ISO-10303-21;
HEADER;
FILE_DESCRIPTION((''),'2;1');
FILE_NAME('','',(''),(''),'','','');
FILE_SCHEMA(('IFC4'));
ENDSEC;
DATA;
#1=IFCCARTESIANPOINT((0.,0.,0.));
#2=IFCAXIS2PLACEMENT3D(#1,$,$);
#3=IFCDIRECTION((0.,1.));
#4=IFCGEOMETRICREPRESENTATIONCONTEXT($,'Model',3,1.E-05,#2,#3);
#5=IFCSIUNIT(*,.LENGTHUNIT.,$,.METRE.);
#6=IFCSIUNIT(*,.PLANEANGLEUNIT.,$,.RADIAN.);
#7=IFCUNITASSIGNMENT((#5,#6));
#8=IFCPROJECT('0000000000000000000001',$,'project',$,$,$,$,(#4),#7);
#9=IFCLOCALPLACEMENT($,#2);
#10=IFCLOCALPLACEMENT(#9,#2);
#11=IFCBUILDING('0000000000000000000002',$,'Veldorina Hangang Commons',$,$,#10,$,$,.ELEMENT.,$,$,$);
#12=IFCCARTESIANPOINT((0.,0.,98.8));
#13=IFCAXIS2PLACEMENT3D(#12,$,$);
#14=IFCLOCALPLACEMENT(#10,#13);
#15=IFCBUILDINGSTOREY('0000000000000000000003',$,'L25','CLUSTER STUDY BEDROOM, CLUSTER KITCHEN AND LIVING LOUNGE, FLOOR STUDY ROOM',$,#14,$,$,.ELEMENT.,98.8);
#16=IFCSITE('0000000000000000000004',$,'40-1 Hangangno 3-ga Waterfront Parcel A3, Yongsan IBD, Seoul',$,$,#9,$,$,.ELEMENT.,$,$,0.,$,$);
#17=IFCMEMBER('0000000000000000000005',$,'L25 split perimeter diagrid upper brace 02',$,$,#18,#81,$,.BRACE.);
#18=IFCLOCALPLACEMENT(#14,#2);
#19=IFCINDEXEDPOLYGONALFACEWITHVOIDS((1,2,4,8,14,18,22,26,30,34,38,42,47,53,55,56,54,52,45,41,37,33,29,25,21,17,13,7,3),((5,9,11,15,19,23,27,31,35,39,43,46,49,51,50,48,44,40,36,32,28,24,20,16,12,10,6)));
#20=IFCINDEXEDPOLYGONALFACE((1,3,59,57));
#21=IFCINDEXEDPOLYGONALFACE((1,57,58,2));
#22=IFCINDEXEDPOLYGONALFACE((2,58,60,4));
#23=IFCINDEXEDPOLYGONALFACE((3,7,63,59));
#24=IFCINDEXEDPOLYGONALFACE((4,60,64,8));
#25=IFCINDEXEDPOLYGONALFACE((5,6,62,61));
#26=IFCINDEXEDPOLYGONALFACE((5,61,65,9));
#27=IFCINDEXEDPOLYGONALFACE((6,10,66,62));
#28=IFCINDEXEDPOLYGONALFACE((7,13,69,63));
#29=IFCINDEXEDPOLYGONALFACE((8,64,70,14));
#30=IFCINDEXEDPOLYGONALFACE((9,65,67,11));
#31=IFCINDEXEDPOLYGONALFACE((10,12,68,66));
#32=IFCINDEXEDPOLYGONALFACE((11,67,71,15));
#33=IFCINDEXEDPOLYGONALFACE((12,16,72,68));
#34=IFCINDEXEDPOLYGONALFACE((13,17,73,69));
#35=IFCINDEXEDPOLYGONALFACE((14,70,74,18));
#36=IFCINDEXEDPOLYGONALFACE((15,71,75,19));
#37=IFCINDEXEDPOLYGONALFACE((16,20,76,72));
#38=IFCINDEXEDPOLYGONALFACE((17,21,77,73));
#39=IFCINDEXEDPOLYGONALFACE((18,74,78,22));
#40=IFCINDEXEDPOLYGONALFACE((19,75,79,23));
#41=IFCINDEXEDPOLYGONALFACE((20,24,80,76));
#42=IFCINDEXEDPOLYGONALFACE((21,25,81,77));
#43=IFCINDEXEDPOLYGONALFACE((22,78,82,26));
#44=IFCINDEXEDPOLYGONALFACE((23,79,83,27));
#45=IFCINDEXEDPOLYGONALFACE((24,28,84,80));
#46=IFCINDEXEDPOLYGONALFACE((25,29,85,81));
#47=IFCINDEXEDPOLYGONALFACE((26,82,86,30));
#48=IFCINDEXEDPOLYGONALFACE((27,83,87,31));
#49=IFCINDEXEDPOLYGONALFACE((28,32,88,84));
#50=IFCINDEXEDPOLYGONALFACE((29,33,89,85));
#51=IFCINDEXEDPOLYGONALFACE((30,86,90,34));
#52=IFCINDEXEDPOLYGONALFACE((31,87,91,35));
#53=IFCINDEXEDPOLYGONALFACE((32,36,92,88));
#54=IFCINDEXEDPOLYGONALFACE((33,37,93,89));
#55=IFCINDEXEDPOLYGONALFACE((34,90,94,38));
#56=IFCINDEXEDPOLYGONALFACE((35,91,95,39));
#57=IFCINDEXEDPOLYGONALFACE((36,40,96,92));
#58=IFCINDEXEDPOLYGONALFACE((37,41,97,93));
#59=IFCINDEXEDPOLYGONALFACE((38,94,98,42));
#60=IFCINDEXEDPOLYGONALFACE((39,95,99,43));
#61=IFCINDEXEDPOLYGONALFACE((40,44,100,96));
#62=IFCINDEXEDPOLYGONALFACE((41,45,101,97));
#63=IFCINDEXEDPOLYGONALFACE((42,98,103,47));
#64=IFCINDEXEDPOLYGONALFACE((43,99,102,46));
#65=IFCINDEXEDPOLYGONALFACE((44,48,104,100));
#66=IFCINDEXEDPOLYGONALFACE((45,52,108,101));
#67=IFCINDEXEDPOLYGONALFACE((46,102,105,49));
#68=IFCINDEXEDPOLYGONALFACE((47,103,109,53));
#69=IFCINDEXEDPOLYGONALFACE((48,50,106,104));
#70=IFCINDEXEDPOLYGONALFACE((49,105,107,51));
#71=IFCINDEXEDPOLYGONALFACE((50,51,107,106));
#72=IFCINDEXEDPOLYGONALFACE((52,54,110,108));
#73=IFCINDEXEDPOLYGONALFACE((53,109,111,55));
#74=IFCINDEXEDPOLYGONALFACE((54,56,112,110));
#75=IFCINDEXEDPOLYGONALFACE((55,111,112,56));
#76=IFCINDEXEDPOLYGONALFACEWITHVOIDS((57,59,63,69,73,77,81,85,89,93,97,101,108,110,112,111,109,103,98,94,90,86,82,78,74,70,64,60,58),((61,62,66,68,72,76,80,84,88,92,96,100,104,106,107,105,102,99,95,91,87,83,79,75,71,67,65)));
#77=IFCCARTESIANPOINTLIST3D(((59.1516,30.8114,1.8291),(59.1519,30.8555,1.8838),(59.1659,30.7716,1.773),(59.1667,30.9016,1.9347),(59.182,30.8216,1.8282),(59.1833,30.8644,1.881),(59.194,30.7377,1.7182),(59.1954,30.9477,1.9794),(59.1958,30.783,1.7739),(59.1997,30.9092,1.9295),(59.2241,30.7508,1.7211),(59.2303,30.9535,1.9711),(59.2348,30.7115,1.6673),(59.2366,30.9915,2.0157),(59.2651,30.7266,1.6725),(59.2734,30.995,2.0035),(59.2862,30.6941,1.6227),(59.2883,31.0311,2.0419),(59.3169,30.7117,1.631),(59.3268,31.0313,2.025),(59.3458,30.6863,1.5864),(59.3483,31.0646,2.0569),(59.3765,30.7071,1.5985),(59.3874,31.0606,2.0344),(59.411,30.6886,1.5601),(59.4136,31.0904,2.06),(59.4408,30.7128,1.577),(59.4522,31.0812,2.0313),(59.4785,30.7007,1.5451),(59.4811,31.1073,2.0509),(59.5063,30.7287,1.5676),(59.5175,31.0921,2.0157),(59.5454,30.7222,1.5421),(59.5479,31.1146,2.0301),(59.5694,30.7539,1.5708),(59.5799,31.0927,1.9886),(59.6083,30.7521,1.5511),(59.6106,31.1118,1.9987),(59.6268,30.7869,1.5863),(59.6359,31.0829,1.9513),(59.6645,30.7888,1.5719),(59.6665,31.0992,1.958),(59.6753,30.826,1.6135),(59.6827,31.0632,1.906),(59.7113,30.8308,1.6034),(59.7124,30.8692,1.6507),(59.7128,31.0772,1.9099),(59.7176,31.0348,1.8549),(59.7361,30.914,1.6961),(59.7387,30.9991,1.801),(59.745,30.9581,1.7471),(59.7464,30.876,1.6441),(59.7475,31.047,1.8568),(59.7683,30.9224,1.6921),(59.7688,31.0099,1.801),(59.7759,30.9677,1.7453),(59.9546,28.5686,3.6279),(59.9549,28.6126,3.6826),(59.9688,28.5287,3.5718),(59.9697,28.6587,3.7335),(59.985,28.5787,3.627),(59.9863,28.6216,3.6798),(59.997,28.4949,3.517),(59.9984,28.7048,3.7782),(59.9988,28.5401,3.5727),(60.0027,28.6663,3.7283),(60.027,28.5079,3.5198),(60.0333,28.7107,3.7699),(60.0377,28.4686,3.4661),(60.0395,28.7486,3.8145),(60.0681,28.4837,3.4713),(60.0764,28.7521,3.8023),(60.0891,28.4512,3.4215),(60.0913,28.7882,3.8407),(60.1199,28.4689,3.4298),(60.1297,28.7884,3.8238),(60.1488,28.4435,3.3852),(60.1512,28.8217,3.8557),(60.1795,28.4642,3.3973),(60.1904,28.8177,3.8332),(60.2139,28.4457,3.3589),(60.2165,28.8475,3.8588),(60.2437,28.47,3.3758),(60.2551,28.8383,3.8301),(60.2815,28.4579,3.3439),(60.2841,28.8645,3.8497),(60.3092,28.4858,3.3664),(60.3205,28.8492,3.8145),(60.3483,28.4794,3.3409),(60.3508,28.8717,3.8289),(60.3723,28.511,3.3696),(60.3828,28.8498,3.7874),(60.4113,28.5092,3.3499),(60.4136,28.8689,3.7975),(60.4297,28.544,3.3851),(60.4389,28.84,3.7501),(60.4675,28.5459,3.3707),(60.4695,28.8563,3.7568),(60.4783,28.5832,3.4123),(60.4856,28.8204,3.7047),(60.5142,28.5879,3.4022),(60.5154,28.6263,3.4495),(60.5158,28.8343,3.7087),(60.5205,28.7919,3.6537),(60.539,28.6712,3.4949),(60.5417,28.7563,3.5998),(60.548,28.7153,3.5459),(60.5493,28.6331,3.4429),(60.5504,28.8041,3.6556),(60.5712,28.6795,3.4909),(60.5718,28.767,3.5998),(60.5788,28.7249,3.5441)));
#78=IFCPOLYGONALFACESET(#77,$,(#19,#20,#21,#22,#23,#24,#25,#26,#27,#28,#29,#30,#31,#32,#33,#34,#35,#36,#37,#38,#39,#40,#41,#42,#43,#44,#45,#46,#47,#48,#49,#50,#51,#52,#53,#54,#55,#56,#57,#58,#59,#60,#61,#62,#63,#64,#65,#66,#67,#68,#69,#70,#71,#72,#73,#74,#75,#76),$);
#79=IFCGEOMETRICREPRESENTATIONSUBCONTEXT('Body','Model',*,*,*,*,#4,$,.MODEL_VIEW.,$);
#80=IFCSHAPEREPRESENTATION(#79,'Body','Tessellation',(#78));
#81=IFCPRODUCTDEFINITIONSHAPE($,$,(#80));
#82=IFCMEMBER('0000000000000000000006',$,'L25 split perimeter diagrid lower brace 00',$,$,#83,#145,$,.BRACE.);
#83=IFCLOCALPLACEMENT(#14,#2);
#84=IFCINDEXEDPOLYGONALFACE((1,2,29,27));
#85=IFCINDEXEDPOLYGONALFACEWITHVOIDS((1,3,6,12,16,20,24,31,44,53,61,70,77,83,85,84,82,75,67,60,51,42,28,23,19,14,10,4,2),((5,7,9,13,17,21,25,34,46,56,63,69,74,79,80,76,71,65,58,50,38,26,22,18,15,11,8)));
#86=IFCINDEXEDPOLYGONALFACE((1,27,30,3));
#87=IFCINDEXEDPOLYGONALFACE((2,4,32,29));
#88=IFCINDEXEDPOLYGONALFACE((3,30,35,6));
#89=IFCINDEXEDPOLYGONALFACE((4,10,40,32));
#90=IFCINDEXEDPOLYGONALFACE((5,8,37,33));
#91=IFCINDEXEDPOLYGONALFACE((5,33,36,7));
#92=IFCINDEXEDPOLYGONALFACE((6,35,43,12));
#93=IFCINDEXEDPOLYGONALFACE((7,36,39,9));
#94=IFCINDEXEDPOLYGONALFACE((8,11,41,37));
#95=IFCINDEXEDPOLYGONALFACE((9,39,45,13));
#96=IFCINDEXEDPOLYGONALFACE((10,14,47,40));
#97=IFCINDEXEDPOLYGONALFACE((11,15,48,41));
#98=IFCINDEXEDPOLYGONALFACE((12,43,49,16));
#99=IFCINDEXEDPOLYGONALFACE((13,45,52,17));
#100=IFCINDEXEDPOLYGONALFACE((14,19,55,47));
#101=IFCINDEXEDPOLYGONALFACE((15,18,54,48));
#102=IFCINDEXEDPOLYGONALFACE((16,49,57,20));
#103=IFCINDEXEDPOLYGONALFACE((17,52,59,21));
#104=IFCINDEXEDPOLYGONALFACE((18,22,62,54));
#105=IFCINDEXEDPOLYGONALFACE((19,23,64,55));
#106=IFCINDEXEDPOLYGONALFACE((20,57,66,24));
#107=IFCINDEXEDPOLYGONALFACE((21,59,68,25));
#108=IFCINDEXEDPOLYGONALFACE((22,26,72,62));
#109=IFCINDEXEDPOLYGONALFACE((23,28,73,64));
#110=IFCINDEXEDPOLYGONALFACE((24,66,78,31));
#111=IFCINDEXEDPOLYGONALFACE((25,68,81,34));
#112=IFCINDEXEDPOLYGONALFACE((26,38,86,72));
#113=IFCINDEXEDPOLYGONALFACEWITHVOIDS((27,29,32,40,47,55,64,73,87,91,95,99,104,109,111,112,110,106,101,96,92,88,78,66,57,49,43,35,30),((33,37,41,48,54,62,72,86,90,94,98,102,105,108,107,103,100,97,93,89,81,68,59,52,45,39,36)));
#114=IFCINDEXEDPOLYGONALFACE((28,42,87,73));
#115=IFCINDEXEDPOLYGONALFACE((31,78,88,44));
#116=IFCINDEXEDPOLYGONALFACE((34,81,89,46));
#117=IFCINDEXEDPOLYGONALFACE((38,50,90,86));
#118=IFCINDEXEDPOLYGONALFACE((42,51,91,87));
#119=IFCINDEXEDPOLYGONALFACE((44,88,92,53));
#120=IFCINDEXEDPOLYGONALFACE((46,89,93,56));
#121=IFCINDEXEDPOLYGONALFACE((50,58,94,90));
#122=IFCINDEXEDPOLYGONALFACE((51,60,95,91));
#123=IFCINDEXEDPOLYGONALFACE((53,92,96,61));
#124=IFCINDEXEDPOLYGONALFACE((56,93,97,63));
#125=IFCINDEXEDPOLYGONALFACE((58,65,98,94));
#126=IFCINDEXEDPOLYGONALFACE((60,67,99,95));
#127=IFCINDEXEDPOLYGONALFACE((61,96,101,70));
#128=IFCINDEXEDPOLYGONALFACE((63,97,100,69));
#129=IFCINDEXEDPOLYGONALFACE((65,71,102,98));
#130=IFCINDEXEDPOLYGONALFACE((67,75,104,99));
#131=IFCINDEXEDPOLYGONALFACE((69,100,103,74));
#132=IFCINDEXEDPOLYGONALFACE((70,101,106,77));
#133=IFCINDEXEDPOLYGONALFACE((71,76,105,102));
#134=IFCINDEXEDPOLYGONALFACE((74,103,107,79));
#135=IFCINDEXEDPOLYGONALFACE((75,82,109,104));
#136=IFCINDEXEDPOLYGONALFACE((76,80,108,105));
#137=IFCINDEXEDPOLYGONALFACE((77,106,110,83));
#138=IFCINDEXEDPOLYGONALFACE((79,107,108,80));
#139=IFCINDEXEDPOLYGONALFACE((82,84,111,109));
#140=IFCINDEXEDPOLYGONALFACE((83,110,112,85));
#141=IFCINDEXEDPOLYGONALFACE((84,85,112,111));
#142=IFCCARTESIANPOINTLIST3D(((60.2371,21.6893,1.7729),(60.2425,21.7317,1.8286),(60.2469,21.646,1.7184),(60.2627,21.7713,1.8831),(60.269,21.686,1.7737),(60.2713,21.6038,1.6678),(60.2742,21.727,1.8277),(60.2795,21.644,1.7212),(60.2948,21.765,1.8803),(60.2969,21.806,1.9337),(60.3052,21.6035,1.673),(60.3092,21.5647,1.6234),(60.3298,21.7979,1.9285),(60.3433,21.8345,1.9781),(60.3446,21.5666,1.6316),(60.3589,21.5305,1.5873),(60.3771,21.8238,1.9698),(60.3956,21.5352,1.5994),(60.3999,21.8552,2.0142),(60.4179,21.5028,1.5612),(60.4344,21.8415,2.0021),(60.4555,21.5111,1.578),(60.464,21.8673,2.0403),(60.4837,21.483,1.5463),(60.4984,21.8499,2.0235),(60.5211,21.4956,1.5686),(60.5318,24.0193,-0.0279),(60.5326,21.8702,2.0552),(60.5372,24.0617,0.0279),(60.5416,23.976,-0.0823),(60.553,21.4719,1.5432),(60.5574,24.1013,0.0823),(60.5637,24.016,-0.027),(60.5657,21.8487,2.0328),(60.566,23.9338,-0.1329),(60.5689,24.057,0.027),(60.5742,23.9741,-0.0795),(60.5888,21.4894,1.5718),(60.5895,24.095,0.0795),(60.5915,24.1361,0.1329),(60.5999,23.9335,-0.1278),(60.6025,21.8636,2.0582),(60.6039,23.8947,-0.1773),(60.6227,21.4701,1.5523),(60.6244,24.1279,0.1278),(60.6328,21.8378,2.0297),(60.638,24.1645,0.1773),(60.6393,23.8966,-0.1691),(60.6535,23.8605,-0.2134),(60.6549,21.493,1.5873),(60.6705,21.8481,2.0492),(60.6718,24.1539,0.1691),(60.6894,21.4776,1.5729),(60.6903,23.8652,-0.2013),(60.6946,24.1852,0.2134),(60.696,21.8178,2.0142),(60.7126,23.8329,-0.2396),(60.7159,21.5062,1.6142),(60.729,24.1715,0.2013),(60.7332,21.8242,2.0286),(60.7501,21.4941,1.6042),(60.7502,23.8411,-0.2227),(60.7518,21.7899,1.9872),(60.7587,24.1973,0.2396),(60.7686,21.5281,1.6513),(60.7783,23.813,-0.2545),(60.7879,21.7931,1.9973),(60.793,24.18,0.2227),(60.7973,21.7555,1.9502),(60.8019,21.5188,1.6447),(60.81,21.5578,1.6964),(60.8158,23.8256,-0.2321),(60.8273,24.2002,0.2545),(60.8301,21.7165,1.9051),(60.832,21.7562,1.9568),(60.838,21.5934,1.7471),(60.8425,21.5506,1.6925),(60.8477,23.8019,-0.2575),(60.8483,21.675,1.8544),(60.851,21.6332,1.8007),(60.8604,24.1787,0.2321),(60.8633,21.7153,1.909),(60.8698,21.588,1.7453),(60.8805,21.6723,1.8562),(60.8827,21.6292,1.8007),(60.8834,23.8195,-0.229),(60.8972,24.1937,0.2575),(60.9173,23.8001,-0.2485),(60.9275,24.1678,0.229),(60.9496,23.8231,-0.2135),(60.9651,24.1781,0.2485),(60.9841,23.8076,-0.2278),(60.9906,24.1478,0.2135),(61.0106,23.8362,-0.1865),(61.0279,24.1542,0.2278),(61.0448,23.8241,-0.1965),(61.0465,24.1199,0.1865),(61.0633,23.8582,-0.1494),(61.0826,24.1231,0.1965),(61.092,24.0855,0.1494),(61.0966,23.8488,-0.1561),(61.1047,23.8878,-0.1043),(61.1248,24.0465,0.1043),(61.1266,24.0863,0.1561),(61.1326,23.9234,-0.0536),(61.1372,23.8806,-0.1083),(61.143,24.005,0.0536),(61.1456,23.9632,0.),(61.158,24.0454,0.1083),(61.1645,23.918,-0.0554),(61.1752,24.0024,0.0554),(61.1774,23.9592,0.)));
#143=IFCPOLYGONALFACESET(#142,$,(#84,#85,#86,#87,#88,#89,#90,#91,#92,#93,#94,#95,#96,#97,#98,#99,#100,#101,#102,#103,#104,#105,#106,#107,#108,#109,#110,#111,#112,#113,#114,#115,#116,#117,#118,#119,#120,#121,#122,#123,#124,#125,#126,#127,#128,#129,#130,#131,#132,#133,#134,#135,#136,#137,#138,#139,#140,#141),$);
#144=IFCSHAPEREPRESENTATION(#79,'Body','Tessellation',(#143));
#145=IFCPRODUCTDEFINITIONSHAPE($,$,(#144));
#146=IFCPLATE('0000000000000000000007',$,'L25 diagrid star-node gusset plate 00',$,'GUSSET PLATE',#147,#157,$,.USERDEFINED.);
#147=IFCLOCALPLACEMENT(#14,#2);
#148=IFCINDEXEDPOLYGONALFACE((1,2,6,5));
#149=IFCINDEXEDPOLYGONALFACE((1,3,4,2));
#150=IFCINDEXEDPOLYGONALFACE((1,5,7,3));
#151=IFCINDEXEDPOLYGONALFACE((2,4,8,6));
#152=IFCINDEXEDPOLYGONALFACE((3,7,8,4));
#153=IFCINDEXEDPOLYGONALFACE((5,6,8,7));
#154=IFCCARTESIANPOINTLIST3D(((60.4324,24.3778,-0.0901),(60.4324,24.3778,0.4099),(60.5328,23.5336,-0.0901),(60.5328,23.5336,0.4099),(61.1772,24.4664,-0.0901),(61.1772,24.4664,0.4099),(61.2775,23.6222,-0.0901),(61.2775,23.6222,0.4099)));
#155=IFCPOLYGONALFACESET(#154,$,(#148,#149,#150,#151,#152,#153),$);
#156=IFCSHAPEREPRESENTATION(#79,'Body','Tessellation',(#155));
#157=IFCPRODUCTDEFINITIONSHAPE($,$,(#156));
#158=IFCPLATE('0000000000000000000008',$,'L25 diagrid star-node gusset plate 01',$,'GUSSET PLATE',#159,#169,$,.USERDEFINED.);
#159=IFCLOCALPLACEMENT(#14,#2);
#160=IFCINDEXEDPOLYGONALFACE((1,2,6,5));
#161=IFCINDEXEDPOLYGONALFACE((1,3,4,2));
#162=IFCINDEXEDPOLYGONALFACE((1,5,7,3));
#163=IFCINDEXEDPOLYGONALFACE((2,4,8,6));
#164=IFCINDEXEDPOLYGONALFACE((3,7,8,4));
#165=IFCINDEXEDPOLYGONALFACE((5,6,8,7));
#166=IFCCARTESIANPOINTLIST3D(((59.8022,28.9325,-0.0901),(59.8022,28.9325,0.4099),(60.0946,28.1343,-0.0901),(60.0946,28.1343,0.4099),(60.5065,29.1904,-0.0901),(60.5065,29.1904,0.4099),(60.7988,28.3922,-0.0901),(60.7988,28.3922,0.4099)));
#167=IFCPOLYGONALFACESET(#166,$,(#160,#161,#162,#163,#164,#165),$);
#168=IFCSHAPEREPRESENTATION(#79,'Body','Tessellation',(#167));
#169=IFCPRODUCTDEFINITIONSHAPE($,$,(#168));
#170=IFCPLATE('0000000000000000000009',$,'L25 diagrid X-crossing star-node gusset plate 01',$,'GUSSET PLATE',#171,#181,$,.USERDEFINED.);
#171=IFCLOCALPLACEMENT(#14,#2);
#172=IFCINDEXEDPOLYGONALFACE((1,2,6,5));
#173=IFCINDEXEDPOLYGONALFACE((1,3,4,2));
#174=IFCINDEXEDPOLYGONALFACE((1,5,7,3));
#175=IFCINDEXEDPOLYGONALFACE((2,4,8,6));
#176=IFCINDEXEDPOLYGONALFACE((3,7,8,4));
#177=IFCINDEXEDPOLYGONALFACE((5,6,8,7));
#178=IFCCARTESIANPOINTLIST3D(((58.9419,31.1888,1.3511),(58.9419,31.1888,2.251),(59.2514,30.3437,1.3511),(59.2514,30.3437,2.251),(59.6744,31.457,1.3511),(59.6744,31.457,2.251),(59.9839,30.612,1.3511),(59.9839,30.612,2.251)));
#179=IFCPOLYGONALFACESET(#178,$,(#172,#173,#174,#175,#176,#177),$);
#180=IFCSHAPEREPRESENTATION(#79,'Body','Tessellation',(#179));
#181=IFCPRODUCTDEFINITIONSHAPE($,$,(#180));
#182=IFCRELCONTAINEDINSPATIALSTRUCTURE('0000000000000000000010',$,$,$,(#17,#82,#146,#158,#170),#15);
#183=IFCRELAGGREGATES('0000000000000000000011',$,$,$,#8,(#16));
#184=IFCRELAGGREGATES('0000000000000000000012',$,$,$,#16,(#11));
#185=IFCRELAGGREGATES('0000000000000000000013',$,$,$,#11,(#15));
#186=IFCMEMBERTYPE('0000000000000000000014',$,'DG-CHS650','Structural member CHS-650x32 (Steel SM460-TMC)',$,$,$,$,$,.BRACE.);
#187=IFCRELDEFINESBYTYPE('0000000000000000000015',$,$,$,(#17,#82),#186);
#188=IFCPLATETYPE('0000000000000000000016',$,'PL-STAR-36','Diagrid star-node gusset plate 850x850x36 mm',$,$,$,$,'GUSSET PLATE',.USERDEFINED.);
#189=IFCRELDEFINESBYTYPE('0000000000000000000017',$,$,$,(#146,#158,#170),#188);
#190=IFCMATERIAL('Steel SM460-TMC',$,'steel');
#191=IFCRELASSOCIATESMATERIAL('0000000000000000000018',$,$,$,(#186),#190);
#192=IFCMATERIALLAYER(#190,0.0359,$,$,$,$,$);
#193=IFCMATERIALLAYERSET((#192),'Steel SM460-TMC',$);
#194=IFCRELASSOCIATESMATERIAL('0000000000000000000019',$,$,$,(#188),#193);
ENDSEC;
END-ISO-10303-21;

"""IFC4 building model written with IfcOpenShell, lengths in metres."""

from ifc_helpers import new_model, si_unit, direction, frame, origin, origin_2d, place, context, subcontext, project, spatial, rectangle, hollow_circle, extrude, material, layer, layer_set, material_profile, profile_set, type_object, element, save


model = new_model("IFC4")

# Units and contexts
model_context = context("Model", 3, precision=1e-05, world=origin(), true_north=direction((0.0, 1.0)))
body_context = subcontext(model_context, "Body", "Model", "MODEL_VIEW")
ifc_project = project(units=[si_unit("LENGTHUNIT", "METRE"), si_unit("PLANEANGLEUNIT", "RADIAN")], contexts=[model_context])

# Site, building, storey
site_placement = place(None, origin())
site = spatial("IfcSite", under=ifc_project, at=site_placement, Name="40-1 Hangangno 3-ga Waterfront Parcel A3, Yongsan IBD, Seoul", CompositionType="ELEMENT", RefElevation=0.0)
building_placement = place(site_placement, origin())
building = spatial("IfcBuilding", under=site, at=building_placement, Name="Veldorina Hangang Commons", CompositionType="ELEMENT")
storey_placement = place(building_placement, frame((0.0, 0.0, 98.8)))
storey = spatial("IfcBuildingStorey", under=building, at=storey_placement, Name="L25", Description="CLUSTER STUDY BEDROOM, CLUSTER KITCHEN AND LIVING LOUNGE, FLOOR STUDY ROOM", CompositionType="ELEMENT", Elevation=98.8)

# Members
ifc_material_1 = material(Name="Steel SM460-TMC", Category="steel")
ifc_material_profile_1 = material_profile(ifc_material_1, hollow_circle(Radius=0.325, WallThickness=0.032, at=origin_2d()), Name="CHS-650x32")
ifc_profile_set_1 = profile_set([ifc_material_profile_1], Name="Steel SM460-TMC")
member_type = type_object("IfcMemberType", Name="DG-CHS650", Description="Structural member CHS-650x32 (Steel SM460-TMC)", PredefinedType="BRACE", material=ifc_profile_set_1)
member_1_placement = place(storey_placement, frame((59.4629, 30.9004, 1.801), z_axis=(0.268989, -0.751354, 0.602588), x_axis=(0.941484, 0.337057, 0.0)))
element("IfcMember", 1, at=member_1_placement, inside=storey, type_object=member_type, Name="L25 split perimeter diagrid upper brace 02", PredefinedType="BRACE", context=body_context, shape_type="SweptSolid", body=[
    extrude(hollow_circle(Radius=0.325, WallThickness=0.032, at=origin_2d()), origin(), (0.0, 0.0, 1.0), 2.9851),
])
member_2_placement = place(storey_placement, frame((60.855, 24.0, 0.0), z_axis=(-0.099569, -0.787309, 0.608465), x_axis=(0.992098, -0.125468, 0.0)))
element("IfcMember", 2, at=member_2_placement, inside=storey, type_object=member_type, Name="L25 split perimeter diagrid lower brace 00", PredefinedType="BRACE", context=body_context, shape_type="SweptSolid", body=[
    extrude(hollow_circle(Radius=0.325, WallThickness=0.032, at=origin_2d()), origin(), (0.0, 0.0, 1.0), 2.9595),
])

# Plates
ifc_layer_1 = layer(ifc_material_1, 0.0359)
ifc_layer_set_1 = layer_set([ifc_layer_1], Name="Steel SM460-TMC")
plate_type = type_object("IfcPlateType", Name="PL-STAR-36", Description="Diagrid star-node gusset plate 850x850x36 mm", ElementType="GUSSET PLATE", PredefinedType="USERDEFINED", material=ifc_layer_set_1)
for number, where, z_axis, x_axis, name in (
    (3, (60.855, 24.0, -0.0901), (0.0, 0.0, 1.0), (-0.118075, 0.993005, 0.0), "L25 diagrid star-node gusset plate 00"),
    (4, (60.3005, 28.6624, -0.0901), (0.0, 0.0, 1.0), (-0.343938, 0.938992, 0.0), "L25 diagrid star-node gusset plate 01"),
):
    element("IfcPlate", number, at=place(storey_placement, frame(where, z_axis=z_axis, x_axis=x_axis)), inside=storey, type_object=plate_type, Name=name, ObjectType="GUSSET PLATE", PredefinedType="USERDEFINED", context=body_context, shape_type="SweptSolid", body=[
        extrude(rectangle(XDim=0.8501, YDim=0.75, at=origin_2d()), origin(), (0.0, 0.0, 1.0), 0.5),
    ])
plate_placement = place(storey_placement, frame((59.4629, 30.9004, 1.3511), z_axis=(0.0, 0.0, 1.0), x_axis=(-0.343938, 0.938992, 0.0)))
element("IfcPlate", 5, at=plate_placement, inside=storey, type_object=plate_type, Name="L25 diagrid X-crossing star-node gusset plate 01", ObjectType="GUSSET PLATE", PredefinedType="USERDEFINED", context=body_context, shape_type="SweptSolid", body=[
    extrude(rectangle(XDim=0.8999, YDim=0.78, at=origin_2d()), origin(), (0.0, 0.0, 1.0), 0.8999),
])

save(model, "model.ifc")
